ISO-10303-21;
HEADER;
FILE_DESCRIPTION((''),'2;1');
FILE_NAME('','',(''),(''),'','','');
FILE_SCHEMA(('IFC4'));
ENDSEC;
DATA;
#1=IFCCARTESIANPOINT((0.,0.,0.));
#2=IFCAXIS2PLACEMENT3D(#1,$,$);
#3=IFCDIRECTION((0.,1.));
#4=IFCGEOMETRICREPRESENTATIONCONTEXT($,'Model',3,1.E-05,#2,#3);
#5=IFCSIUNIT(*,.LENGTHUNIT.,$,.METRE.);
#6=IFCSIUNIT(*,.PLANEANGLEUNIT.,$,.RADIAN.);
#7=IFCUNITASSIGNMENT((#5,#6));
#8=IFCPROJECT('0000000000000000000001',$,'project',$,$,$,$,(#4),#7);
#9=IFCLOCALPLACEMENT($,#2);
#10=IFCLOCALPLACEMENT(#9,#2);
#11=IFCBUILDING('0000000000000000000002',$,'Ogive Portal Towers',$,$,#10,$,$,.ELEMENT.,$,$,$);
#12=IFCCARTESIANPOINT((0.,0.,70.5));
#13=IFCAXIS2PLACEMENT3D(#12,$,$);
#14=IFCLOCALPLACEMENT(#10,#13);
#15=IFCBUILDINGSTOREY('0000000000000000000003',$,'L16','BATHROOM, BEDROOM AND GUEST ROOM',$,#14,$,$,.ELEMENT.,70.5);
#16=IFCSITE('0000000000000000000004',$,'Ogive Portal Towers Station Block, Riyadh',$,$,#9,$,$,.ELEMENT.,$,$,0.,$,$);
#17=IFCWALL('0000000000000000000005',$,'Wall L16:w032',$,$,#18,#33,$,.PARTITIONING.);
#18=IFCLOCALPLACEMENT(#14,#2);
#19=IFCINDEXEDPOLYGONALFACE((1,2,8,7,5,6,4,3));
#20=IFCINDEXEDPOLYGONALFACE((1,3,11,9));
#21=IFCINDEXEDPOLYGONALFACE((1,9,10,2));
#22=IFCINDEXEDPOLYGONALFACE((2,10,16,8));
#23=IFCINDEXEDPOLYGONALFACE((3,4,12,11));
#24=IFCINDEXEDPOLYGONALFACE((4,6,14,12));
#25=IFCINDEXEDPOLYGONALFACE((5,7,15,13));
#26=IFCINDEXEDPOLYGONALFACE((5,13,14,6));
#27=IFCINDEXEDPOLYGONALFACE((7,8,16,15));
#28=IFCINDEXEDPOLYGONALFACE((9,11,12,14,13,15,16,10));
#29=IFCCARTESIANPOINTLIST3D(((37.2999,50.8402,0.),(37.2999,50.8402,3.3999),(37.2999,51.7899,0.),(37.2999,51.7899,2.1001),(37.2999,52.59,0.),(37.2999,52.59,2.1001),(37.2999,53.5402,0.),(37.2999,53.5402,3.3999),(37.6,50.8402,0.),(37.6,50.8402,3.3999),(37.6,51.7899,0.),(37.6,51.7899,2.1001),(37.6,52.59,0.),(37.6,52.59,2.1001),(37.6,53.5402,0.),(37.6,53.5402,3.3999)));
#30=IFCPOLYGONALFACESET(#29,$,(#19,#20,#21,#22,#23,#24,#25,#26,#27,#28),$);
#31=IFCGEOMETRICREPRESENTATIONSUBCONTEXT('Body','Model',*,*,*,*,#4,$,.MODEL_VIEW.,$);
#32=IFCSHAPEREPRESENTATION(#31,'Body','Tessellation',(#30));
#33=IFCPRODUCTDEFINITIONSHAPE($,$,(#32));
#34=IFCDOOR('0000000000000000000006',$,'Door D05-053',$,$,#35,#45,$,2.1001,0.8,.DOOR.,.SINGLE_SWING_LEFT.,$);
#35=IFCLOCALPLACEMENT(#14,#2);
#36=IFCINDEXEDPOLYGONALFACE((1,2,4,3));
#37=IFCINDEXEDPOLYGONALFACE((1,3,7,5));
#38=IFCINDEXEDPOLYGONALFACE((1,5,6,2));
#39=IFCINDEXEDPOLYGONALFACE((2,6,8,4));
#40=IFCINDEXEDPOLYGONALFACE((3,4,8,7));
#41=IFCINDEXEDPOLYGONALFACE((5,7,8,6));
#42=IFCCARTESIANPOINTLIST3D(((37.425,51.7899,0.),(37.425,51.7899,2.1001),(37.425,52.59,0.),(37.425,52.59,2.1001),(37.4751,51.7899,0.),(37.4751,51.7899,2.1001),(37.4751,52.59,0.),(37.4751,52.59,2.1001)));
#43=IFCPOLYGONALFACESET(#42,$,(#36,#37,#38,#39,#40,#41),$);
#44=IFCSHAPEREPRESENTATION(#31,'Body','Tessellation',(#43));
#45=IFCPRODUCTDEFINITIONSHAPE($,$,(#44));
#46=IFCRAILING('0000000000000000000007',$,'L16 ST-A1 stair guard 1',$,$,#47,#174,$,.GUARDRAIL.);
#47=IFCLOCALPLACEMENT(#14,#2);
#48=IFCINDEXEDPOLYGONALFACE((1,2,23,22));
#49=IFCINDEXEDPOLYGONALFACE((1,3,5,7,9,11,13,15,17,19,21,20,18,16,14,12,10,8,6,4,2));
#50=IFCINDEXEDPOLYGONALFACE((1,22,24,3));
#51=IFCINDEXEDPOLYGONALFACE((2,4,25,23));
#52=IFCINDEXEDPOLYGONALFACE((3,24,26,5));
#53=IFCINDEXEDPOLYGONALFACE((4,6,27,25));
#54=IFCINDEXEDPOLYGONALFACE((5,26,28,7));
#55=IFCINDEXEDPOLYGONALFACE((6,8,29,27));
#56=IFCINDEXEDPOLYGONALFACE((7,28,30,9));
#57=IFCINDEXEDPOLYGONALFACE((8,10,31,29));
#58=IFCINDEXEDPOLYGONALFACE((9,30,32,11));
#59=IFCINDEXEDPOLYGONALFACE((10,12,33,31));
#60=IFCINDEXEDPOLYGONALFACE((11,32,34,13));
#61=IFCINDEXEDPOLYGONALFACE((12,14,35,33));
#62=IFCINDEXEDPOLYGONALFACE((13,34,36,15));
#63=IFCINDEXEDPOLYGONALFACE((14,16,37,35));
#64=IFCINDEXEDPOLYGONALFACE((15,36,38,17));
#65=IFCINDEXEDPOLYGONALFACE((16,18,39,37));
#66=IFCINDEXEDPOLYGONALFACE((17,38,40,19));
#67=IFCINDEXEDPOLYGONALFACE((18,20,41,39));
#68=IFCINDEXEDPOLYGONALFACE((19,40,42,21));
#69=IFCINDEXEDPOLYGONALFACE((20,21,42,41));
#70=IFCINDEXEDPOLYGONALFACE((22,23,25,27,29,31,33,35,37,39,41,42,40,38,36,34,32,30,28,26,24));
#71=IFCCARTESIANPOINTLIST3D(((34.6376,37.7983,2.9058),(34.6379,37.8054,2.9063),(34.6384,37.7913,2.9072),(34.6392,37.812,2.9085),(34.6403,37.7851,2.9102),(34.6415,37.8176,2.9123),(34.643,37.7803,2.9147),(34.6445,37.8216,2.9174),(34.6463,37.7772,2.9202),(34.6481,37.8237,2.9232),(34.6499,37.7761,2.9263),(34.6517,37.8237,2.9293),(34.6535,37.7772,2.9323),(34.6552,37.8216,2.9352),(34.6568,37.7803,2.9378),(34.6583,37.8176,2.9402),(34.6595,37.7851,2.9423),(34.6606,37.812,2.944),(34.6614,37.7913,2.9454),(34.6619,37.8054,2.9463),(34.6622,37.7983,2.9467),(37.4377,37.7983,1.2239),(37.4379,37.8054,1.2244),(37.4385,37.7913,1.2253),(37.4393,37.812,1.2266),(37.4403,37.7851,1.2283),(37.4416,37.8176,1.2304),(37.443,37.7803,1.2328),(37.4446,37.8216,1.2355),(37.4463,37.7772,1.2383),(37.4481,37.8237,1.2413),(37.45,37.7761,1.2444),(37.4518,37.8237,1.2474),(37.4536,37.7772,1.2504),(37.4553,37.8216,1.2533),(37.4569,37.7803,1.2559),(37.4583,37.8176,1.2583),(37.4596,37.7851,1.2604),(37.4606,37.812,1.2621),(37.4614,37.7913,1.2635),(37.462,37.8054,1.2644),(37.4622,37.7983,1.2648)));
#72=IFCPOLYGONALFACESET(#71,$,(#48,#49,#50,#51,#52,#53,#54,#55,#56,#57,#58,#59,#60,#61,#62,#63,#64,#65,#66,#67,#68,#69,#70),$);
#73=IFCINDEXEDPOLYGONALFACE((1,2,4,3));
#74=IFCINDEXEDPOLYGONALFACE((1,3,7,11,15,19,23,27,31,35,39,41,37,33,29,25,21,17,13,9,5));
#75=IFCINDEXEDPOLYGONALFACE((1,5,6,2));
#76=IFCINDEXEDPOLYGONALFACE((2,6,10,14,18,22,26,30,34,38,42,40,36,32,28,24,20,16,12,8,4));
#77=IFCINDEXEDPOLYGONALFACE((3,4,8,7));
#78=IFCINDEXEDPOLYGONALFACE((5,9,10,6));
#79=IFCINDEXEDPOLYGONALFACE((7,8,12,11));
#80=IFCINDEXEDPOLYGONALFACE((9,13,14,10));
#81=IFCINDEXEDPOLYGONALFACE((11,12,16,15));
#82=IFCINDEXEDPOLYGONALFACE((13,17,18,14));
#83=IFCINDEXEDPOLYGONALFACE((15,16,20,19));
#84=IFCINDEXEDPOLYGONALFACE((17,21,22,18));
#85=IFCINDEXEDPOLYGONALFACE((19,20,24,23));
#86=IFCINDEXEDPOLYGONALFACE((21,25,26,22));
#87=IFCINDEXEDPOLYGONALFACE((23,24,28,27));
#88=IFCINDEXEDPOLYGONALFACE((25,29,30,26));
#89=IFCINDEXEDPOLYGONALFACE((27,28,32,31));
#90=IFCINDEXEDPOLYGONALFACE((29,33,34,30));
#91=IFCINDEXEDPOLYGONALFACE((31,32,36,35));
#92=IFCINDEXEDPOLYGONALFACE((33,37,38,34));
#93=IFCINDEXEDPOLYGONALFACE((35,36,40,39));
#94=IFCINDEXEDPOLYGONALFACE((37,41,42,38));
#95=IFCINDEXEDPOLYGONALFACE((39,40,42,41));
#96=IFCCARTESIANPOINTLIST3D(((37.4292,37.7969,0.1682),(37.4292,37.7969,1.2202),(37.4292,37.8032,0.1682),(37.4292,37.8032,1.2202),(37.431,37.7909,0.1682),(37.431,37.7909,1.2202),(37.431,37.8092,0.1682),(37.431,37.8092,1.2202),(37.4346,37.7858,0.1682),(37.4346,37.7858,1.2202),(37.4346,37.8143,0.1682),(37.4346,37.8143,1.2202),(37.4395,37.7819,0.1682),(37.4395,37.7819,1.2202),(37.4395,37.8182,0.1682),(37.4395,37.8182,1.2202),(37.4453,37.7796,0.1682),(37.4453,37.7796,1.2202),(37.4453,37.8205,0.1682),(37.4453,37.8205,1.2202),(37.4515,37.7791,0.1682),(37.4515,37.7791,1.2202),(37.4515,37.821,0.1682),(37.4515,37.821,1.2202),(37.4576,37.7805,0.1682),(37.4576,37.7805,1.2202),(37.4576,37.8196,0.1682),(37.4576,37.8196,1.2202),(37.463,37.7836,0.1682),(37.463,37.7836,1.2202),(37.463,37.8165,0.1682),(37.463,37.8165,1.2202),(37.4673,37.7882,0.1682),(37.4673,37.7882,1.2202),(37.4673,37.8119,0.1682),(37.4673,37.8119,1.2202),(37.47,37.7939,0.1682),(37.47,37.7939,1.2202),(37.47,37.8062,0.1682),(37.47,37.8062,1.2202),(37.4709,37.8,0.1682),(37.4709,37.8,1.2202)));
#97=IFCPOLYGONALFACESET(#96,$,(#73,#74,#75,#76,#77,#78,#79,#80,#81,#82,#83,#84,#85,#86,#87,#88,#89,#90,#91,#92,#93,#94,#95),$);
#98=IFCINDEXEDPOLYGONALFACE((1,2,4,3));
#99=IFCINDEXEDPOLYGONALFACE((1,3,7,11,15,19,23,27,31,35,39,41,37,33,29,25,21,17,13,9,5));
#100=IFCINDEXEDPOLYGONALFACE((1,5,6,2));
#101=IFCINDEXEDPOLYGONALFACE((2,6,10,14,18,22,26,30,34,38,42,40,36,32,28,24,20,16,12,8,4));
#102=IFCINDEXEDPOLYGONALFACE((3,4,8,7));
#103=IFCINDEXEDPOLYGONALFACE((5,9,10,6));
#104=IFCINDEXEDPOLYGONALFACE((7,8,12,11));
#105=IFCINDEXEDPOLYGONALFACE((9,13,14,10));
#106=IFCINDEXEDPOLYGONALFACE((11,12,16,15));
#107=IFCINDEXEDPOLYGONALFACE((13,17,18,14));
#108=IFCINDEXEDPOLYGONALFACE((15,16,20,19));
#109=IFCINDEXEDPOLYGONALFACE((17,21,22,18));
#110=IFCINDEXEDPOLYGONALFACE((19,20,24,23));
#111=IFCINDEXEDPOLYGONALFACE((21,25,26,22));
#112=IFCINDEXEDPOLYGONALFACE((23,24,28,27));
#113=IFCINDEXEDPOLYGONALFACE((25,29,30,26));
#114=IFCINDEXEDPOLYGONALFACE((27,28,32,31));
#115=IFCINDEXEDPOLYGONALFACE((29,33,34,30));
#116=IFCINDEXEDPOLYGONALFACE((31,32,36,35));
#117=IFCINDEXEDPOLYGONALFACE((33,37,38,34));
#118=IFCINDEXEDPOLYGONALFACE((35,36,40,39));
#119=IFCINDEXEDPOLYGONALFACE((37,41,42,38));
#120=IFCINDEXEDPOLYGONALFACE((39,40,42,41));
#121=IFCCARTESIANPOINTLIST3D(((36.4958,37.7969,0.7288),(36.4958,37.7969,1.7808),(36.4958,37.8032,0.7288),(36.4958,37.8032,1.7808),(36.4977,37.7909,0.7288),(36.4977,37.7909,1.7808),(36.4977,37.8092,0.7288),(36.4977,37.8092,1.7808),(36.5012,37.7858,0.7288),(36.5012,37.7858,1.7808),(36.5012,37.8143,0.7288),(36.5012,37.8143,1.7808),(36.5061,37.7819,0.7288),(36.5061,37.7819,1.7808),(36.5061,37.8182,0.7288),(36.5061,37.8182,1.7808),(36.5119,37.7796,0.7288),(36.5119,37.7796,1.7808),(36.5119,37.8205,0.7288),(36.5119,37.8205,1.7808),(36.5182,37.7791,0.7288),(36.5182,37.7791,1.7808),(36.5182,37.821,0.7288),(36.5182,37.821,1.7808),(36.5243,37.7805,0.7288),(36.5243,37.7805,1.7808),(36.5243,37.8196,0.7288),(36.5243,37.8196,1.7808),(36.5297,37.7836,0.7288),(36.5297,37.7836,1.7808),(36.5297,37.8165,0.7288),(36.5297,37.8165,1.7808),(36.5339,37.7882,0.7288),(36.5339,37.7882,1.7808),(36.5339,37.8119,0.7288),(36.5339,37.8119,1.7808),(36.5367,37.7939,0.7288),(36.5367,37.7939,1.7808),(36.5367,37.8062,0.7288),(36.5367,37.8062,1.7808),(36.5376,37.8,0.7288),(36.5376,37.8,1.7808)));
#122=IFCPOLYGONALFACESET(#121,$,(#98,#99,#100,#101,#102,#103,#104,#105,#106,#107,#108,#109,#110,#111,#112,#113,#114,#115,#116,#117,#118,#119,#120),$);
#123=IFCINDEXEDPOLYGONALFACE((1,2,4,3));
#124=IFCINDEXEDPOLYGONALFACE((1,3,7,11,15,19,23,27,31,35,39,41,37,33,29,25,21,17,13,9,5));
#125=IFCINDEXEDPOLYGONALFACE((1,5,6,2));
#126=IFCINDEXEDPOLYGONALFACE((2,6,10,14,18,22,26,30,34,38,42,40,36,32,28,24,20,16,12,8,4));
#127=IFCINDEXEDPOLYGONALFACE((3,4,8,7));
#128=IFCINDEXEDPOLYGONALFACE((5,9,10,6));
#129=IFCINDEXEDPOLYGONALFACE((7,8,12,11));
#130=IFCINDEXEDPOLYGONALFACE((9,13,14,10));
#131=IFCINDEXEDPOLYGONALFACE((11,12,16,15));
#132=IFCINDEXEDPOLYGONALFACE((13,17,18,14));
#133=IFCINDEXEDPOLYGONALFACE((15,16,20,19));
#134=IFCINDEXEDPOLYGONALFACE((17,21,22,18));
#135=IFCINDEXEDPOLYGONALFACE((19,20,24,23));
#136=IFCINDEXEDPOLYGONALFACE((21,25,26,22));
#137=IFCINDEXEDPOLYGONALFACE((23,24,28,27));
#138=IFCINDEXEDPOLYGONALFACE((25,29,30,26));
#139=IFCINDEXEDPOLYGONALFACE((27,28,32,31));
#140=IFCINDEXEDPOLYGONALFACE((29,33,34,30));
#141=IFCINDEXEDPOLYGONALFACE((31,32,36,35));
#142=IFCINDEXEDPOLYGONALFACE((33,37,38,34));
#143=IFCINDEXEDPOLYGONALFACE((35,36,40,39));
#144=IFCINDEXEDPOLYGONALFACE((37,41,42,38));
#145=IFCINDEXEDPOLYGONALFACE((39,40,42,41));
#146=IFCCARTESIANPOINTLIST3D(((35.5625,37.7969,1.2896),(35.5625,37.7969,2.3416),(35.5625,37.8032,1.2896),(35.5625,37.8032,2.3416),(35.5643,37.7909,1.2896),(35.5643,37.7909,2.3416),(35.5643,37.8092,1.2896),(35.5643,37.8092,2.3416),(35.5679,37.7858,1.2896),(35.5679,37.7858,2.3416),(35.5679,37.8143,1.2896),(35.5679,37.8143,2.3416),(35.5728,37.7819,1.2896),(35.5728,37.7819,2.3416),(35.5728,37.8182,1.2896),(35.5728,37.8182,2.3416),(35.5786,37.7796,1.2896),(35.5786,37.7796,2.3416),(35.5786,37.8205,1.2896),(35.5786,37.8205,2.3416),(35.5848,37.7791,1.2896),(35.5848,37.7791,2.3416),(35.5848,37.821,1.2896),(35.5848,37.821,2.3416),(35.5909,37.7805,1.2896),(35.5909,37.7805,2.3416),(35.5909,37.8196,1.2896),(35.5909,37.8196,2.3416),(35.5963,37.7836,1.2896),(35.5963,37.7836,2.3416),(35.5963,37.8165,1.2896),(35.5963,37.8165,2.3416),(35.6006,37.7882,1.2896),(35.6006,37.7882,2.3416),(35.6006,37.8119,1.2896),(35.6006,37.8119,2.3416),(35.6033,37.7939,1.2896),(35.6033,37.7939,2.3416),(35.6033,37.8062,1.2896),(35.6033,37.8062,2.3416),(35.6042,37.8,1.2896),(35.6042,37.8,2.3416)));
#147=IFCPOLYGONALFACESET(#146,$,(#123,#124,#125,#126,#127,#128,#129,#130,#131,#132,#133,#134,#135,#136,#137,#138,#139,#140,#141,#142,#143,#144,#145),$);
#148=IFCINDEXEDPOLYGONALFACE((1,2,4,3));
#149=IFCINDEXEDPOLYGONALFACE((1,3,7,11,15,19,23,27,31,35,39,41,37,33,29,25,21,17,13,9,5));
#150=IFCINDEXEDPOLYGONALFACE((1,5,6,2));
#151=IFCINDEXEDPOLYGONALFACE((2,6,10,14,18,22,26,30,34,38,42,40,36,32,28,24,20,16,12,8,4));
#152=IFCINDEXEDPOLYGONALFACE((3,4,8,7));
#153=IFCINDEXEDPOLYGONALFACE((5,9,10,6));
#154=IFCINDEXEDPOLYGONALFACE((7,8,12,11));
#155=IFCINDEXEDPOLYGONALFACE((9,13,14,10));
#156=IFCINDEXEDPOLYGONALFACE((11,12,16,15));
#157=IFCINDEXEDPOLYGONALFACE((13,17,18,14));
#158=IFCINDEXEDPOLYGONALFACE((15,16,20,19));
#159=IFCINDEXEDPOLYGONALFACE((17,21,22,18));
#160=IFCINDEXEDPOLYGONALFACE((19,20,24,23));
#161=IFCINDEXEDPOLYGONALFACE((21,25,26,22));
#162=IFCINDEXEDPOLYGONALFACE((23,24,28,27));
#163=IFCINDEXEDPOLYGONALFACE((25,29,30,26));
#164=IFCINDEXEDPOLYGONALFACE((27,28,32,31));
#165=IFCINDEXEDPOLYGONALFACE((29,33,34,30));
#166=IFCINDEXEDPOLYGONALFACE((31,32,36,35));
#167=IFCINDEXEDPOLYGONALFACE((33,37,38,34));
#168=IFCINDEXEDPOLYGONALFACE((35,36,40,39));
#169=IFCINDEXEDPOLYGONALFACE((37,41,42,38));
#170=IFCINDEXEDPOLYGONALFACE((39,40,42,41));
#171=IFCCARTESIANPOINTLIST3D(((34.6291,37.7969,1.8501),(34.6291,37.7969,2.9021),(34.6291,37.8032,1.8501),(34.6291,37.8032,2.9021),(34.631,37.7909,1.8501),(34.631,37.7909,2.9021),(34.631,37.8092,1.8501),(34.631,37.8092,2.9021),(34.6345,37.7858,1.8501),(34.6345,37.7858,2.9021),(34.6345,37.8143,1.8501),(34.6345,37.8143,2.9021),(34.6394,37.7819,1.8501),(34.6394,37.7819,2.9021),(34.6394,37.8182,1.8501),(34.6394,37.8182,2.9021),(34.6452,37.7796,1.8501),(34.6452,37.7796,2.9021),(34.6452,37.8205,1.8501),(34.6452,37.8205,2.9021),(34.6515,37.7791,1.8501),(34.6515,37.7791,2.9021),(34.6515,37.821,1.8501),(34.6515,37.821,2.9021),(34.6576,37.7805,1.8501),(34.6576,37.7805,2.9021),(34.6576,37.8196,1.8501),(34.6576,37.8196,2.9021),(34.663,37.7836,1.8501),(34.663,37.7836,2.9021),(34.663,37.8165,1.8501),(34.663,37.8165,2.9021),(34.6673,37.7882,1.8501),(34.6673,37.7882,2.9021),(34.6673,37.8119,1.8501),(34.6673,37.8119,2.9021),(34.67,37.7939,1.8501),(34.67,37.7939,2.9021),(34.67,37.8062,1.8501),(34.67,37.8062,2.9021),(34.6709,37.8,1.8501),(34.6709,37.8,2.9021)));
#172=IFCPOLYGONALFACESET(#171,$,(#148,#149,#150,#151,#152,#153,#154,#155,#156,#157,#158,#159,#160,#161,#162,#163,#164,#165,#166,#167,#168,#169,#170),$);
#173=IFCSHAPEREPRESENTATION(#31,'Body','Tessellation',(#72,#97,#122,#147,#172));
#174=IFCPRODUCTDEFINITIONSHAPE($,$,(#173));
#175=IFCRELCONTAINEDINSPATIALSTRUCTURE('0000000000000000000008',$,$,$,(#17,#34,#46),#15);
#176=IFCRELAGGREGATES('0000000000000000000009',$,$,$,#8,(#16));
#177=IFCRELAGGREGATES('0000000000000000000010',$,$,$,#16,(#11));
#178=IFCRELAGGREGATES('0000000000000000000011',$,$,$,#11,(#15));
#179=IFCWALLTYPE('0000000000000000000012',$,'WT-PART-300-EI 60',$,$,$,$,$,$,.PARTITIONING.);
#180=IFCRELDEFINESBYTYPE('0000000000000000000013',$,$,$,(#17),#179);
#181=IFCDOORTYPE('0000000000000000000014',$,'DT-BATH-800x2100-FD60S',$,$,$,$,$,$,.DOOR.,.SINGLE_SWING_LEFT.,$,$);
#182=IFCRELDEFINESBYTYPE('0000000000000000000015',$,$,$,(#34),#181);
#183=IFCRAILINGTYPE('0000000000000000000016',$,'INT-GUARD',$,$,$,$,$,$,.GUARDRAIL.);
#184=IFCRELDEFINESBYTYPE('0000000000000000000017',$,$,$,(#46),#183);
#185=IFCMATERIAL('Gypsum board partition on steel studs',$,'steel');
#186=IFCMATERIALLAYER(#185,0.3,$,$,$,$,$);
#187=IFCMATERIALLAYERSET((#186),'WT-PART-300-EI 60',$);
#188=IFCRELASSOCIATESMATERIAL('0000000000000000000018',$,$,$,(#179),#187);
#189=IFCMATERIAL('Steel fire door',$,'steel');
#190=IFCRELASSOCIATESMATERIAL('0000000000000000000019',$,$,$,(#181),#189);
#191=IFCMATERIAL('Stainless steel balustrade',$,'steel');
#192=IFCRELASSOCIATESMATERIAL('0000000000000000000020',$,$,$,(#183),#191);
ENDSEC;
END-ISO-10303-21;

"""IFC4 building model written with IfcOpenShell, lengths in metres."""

from ifc_helpers import new_model, si_unit, direction, frame, frame_2d, origin, origin_2d, place, context, subcontext, project, spatial, rectangle, circle, extrude, material, layer, layer_set, type_object, element, fill, save


model = new_model("IFC4")

# Units and contexts
model_context = context("Model", 3, precision=1e-05, world=origin(), true_north=direction((0.0, 1.0)))
body_context = subcontext(model_context, "Body", "Model", "MODEL_VIEW")
ifc_project = project(units=[si_unit("LENGTHUNIT", "METRE"), si_unit("PLANEANGLEUNIT", "RADIAN")], contexts=[model_context])

# Site, building, storey
site_placement = place(None, origin())
site = spatial("IfcSite", under=ifc_project, at=site_placement, Name="Ogive Portal Towers Station Block, Riyadh", CompositionType="ELEMENT", RefElevation=0.0)
building_placement = place(site_placement, origin())
building = spatial("IfcBuilding", under=site, at=building_placement, Name="Ogive Portal Towers", CompositionType="ELEMENT")
storey_placement = place(building_placement, frame((0.0, 0.0, 70.5)))
storey = spatial("IfcBuildingStorey", under=building, at=storey_placement, Name="L16", Description="BATHROOM, BEDROOM AND GUEST ROOM", CompositionType="ELEMENT", Elevation=70.5)

# Shared definitions
ifc_material_1 = material(Name="Steel fire door", Category="steel")

# Shared definitions
ifc_material_2 = material(Name="Gypsum board partition on steel studs", Category="steel")
ifc_layer_1 = layer(ifc_material_2, 0.3)
ifc_layer_set_1 = layer_set([ifc_layer_1], Name="WT-PART-300-EI 60")
wall_type_1 = type_object("IfcWallType", Name="WT-PART-300-EI 60", PredefinedType="PARTITIONING", material=ifc_layer_set_1)

# Wall, opening, door
door_type_1 = type_object("IfcDoorType", Name="DT-BATH-800x2100-FD60S", OperationType="SINGLE_SWING_LEFT", PredefinedType="DOOR", material=ifc_material_1)
wall_1_placement = place(storey_placement, frame((37.45, 50.8401, 0.0), z_axis=(0.0, 0.0, 1.0), x_axis=(0.0, 1.0, 0.0)))
wall_1 = element("IfcWall", 1, at=wall_1_placement, inside=storey, type_object=wall_type_1, Name="Wall L16:w032", PredefinedType="PARTITIONING", context=body_context, shape_type="SweptSolid", body=[
    extrude(rectangle(XDim=2.7, YDim=0.3, at=frame_2d((1.3501, 0.0))), origin(), (0.0, 0.0, 1.0), 3.3999),
])
opening_1_placement = place(wall_1_placement, frame((0.95, 0.0, 0.0)))
opening_1 = element("IfcOpeningElement", 2, at=opening_1_placement, cuts=wall_1, PredefinedType="OPENING", context=body_context, shape_type="SweptSolid", body=[
    extrude(rectangle(XDim=0.8, YDim=2.1001, at=frame_2d((0.3999, 1.05))), frame((0.0, 0.1602, 0.0), z_axis=(0.0, -1.0, 0.0), x_axis=(1.0, 0.0, 0.0)), (0.0, 0.0, 1.0), 0.3201),
])
door_1_placement = place(opening_1_placement, origin())
door_1 = element("IfcDoor", 3, at=door_1_placement, inside=storey, type_object=door_type_1, Name="Door D05-053", OperationType="SINGLE_SWING_LEFT", OverallHeight=2.1001, OverallWidth=0.8, PredefinedType="DOOR", context=body_context, shape_type="SweptSolid", body=[
    extrude(rectangle(XDim=0.8, YDim=2.1001, at=frame_2d((0.3999, 1.05))), frame((0.0, 0.0249, 0.0), z_axis=(0.0, -1.0, 0.0), x_axis=(1.0, 0.0, 0.0)), (0.0, 0.0, 1.0), 0.05),
])
fill(opening_1, door_1)

# Railing
ifc_material_3 = material(Name="Stainless steel balustrade", Category="steel")
railing_type_1 = type_object("IfcRailingType", Name="INT-GUARD", PredefinedType="GUARDRAIL", material=ifc_material_3)
railing_1_placement = place(storey_placement, frame((37.45, 37.8, 0.1682)))
element("IfcRailing", 4, at=railing_1_placement, inside=storey, type_object=railing_type_1, Name="L16 ST-A1 stair guard 1", PredefinedType="GUARDRAIL", context=body_context, shape_type="SweptSolid", body=[
    extrude(circle(Radius=0.0239, at=origin_2d()), frame((0.0, 0.0, 1.0762), z_axis=(-0.857242, 0.0, 0.514913), x_axis=(0.0, -1.0, 0.0)), (0.0, 0.0, 1.0), 3.2664),
    extrude(circle(Radius=0.021, at=origin_2d()), origin(), (0.0, 0.0, 1.0), 1.052),
    extrude(circle(Radius=0.021, at=origin_2d()), frame((-0.9333, 0.0, 0.5605)), (0.0, 0.0, 1.0), 1.052),
    extrude(circle(Radius=0.021, at=origin_2d()), frame((-1.8667, 0.0, 1.1213)), (0.0, 0.0, 1.0), 1.052),
    extrude(circle(Radius=0.021, at=origin_2d()), frame((-2.8, 0.0, 1.6819)), (0.0, 0.0, 1.0), 1.052),
])

save(model, "model.ifc")
